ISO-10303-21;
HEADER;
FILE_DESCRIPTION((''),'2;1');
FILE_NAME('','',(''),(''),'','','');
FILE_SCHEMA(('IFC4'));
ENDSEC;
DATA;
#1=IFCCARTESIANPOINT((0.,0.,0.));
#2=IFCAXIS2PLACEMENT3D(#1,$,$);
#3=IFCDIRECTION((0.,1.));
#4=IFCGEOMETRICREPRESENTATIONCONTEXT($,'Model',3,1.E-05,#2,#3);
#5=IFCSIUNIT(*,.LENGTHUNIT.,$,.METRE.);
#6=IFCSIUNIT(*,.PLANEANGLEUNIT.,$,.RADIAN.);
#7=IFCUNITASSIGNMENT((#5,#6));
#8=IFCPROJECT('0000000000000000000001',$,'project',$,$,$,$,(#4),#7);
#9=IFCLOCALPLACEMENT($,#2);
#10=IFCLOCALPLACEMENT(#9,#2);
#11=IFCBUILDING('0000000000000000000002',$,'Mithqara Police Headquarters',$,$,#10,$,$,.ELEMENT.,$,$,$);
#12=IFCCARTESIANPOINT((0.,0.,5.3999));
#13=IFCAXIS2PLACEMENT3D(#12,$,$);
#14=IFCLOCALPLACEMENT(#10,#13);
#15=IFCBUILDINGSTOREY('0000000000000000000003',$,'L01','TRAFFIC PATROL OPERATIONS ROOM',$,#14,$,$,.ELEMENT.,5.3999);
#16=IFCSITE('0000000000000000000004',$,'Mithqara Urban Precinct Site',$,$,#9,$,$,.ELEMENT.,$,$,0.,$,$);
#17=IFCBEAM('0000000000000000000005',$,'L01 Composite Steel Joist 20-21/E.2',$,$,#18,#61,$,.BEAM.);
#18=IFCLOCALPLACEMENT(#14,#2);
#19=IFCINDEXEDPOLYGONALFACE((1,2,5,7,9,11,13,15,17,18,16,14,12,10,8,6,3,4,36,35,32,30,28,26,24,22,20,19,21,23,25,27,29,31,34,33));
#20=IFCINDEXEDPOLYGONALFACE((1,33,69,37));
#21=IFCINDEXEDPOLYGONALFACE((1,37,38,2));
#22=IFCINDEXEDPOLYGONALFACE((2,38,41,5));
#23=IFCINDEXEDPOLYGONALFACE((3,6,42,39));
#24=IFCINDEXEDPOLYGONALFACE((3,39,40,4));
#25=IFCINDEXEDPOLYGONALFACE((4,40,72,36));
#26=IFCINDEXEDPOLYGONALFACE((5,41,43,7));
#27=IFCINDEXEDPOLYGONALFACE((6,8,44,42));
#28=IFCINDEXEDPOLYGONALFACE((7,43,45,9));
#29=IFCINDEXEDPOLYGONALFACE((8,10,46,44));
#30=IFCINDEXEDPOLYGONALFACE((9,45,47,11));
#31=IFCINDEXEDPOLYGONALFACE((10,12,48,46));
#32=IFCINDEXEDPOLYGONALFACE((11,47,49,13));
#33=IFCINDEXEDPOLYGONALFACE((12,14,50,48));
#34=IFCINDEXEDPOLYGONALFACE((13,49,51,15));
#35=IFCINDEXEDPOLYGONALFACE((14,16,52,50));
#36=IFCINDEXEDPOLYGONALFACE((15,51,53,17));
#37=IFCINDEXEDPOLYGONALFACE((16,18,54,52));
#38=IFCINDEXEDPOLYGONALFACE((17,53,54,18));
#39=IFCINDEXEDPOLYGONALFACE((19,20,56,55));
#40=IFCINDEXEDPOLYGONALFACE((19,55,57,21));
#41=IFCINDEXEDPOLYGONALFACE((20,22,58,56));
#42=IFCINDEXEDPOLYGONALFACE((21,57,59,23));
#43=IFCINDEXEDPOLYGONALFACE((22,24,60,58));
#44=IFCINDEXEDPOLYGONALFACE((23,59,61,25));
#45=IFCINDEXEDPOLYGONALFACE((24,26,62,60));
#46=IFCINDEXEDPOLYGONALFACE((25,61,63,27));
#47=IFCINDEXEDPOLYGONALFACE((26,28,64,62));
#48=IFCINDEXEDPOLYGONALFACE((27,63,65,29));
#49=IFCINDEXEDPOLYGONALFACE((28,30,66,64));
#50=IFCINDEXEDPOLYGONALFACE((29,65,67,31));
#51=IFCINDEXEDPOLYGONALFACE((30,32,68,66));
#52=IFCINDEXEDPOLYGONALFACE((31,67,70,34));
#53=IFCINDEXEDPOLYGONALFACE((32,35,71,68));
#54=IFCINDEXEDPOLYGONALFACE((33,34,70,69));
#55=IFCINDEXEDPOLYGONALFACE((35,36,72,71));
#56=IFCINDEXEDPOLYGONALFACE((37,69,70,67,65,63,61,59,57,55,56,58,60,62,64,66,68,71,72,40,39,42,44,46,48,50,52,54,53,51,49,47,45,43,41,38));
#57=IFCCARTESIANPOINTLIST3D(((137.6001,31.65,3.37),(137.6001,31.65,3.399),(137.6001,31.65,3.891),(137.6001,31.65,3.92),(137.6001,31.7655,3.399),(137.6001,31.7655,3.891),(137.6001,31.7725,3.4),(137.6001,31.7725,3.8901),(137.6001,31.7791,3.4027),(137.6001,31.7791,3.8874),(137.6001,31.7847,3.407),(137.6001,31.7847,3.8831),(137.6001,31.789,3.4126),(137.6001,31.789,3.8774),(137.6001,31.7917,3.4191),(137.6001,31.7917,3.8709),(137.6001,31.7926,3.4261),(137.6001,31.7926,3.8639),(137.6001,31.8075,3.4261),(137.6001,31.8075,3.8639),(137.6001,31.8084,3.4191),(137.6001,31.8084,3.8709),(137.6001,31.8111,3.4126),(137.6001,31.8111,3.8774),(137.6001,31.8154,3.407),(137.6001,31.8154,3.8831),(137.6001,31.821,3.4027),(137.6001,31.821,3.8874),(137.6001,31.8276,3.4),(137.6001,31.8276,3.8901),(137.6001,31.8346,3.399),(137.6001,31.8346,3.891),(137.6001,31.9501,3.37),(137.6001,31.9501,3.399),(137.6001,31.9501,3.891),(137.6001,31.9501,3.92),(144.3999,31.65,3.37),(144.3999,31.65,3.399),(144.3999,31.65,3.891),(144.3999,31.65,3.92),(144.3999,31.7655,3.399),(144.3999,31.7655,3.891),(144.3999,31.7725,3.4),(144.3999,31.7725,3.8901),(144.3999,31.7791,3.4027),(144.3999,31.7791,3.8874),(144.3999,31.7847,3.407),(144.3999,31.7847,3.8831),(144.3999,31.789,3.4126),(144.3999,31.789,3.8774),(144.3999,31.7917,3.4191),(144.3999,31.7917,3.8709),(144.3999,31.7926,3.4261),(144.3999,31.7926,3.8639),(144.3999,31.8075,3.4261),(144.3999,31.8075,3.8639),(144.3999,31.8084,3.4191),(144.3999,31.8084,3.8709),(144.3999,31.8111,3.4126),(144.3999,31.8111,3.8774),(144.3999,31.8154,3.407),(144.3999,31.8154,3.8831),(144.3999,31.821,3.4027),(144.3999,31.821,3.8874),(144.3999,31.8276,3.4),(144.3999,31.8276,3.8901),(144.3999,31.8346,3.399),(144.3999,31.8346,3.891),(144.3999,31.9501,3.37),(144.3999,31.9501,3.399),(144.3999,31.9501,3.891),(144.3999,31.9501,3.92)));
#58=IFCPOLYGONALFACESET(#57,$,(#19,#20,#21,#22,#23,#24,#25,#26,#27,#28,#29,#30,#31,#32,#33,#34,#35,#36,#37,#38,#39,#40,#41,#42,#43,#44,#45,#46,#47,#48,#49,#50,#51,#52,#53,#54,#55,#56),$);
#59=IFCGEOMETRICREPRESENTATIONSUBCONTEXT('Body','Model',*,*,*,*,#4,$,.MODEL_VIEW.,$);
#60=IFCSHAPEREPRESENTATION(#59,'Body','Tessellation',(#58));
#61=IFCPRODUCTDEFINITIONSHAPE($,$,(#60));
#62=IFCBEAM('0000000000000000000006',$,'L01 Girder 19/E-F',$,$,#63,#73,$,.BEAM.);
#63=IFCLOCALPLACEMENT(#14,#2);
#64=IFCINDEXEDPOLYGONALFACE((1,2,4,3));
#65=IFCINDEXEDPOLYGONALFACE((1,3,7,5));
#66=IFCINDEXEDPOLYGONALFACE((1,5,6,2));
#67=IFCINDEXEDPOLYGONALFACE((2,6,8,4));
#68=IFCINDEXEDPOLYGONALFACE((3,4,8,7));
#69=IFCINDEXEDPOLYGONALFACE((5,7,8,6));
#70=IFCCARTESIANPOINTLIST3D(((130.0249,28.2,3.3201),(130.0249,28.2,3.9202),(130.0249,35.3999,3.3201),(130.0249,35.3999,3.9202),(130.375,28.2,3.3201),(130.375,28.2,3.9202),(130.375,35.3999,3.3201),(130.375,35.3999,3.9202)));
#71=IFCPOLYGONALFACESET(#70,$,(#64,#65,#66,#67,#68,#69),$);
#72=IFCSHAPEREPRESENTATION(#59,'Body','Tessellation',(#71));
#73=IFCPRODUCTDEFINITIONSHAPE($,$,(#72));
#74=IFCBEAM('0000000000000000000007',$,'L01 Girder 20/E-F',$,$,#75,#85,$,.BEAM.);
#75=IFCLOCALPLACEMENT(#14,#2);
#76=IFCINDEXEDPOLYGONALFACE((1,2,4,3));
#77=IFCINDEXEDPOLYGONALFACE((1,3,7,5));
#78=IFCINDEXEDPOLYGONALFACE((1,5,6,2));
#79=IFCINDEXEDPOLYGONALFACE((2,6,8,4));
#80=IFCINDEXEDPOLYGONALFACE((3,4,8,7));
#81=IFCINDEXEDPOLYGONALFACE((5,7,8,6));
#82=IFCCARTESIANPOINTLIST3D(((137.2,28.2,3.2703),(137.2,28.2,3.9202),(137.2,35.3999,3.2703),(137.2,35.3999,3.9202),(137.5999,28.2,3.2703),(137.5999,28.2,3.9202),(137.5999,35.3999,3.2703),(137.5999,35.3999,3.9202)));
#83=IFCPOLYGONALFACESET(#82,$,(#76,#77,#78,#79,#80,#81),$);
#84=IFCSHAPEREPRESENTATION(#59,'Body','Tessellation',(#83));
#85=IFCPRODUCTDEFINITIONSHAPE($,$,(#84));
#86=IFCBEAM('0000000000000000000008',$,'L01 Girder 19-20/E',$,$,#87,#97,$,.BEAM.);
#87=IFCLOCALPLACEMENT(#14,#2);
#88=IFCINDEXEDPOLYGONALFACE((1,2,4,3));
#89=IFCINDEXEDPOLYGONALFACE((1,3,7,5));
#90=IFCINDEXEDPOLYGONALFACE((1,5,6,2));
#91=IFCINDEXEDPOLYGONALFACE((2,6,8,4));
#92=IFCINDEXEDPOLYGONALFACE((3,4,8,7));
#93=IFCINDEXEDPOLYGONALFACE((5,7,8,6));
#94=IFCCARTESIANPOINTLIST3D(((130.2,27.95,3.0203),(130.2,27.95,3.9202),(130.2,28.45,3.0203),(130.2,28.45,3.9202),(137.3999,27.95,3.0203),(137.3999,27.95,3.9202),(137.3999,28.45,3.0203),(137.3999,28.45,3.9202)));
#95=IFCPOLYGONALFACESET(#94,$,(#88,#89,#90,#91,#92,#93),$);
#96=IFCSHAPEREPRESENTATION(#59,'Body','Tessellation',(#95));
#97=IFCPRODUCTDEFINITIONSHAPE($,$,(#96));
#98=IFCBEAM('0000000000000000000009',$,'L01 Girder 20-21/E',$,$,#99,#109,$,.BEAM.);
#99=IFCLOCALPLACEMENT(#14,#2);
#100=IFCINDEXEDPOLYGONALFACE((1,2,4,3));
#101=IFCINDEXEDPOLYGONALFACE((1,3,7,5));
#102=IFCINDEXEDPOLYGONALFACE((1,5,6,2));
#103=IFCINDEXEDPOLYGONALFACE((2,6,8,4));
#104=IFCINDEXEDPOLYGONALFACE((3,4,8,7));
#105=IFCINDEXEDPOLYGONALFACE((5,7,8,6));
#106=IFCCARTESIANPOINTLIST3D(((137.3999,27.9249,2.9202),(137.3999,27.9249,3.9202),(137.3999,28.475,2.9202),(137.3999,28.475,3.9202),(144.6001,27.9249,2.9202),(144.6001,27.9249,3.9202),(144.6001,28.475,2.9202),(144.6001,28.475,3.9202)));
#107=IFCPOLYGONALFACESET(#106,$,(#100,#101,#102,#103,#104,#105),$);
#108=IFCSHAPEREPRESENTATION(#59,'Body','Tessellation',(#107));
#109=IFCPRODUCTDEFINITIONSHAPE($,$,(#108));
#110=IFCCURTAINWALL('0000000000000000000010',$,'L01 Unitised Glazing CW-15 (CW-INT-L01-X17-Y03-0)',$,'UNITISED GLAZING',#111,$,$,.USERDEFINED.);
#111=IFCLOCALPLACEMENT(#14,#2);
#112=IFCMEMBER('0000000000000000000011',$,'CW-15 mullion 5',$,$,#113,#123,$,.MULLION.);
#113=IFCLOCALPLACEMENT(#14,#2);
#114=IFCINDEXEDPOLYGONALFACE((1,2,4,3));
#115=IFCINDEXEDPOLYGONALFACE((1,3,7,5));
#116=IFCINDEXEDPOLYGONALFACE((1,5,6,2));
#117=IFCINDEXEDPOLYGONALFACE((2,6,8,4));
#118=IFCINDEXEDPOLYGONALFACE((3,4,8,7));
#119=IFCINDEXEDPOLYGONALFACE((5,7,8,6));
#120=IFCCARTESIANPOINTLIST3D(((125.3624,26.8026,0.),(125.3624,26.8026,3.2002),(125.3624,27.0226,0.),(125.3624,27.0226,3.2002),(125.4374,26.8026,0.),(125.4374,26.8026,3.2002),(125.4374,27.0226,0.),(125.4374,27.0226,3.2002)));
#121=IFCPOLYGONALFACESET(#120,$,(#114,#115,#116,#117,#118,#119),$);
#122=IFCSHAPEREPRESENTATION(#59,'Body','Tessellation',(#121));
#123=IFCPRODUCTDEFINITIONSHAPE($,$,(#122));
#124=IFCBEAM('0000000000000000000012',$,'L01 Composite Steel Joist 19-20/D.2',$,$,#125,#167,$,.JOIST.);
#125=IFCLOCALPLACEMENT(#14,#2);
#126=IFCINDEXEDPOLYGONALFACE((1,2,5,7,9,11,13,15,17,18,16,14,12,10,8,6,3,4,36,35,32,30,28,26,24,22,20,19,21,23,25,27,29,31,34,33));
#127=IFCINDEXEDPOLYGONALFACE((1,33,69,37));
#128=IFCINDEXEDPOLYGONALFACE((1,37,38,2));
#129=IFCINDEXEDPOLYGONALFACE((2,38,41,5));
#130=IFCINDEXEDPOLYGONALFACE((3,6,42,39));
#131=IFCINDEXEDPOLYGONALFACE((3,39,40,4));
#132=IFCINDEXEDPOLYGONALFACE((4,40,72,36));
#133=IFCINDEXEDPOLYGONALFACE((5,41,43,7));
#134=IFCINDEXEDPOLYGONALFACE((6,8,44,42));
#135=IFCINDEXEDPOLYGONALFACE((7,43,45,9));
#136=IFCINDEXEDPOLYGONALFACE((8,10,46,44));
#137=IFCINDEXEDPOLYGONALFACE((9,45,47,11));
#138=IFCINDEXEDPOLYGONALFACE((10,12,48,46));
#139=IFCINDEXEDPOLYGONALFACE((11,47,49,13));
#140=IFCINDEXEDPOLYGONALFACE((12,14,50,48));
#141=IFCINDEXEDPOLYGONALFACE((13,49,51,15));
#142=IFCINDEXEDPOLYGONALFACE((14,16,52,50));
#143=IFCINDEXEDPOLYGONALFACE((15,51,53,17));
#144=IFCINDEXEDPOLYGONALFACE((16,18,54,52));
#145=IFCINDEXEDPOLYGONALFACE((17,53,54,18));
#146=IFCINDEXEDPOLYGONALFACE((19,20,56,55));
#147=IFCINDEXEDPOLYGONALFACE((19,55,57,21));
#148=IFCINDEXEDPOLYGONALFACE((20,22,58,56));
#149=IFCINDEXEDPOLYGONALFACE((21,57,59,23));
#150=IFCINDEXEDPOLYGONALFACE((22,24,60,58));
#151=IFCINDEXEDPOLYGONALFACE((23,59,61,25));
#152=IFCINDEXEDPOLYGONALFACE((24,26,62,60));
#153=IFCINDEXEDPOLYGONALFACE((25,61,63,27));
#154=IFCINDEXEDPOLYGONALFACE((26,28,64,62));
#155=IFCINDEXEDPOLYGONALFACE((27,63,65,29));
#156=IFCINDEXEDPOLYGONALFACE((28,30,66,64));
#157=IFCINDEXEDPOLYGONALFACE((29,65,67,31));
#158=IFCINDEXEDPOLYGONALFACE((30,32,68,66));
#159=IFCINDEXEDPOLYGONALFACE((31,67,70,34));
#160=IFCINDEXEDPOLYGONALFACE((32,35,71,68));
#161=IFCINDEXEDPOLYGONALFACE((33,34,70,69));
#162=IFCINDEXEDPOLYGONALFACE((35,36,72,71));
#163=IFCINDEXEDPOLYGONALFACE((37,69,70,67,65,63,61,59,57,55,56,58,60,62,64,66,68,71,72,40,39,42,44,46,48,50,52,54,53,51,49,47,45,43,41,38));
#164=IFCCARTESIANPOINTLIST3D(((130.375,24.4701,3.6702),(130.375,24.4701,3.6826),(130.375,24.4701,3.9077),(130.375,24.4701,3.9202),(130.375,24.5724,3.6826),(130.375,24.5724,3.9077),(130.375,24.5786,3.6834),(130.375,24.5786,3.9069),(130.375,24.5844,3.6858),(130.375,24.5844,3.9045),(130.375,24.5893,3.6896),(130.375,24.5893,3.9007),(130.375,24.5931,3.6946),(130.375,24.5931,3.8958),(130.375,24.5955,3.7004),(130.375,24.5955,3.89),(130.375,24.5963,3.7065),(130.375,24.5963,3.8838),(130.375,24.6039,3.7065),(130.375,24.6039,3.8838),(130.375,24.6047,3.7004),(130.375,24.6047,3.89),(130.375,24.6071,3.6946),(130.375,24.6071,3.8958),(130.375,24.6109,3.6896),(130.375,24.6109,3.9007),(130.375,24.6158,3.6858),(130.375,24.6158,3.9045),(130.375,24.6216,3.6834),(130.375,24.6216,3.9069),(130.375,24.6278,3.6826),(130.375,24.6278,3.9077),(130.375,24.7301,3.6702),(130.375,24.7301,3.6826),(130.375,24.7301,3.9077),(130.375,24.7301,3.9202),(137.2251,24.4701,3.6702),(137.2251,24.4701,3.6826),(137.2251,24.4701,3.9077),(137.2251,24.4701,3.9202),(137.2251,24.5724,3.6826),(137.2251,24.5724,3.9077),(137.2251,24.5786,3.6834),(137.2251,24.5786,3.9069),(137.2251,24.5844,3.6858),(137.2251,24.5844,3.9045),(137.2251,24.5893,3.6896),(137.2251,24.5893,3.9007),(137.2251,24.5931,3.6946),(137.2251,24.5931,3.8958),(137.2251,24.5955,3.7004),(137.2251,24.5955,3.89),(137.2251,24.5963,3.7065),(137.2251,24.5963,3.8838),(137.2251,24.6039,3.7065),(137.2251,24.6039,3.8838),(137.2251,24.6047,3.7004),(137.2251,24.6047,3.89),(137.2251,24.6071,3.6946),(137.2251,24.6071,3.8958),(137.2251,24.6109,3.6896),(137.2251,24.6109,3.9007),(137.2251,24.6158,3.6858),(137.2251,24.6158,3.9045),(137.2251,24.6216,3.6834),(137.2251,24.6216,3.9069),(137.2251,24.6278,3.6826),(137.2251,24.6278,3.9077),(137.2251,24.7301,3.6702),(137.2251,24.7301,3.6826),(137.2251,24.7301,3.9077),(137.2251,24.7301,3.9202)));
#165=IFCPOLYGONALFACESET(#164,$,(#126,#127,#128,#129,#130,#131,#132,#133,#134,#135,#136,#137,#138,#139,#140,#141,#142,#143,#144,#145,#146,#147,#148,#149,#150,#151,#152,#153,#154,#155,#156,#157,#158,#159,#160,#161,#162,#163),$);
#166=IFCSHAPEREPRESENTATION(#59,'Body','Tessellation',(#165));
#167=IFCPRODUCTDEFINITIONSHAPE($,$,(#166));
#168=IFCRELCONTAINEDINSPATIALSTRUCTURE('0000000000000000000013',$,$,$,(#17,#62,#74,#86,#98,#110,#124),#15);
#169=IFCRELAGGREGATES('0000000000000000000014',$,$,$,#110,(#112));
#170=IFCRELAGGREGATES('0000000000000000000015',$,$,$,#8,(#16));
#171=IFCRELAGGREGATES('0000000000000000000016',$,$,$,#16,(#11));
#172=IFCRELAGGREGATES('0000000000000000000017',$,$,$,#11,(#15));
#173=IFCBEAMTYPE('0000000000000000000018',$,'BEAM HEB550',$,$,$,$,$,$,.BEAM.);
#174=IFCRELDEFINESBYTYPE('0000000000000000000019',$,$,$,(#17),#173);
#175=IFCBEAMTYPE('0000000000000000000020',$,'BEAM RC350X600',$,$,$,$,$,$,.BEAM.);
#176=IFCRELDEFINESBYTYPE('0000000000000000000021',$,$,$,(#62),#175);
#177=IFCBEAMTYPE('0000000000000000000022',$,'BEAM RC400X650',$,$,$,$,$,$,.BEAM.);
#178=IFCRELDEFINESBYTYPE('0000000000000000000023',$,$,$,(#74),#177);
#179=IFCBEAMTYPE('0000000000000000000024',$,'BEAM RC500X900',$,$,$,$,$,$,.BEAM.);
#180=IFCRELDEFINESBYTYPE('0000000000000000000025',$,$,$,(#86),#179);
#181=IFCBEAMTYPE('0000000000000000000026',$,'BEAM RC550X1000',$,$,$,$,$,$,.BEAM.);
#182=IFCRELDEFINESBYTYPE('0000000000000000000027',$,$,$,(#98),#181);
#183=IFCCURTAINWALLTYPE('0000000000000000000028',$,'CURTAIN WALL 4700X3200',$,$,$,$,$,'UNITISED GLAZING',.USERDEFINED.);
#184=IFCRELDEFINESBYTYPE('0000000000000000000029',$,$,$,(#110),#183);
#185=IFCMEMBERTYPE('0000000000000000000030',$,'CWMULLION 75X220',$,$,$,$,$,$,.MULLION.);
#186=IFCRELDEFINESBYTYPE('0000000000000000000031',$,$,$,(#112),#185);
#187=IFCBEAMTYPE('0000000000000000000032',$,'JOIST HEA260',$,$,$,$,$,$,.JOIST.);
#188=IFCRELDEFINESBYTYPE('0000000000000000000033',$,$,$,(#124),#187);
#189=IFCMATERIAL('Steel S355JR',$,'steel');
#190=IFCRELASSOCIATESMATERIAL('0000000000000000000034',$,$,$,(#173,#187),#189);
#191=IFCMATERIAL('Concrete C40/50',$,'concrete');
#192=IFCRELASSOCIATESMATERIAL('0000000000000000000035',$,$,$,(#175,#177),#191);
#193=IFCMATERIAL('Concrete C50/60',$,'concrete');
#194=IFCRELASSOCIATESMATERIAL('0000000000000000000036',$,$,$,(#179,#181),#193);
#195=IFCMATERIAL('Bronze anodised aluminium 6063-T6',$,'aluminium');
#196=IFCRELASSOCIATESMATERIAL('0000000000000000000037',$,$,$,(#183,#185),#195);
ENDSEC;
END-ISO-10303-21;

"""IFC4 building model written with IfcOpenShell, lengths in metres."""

from ifc_helpers import new_model, si_unit, direction, frame, origin, origin_2d, place, context, subcontext, project, spatial, rectangle, i_section, extrude, material, material_profile, profile_set, type_object, element, aggregate, save


model = new_model("IFC4")

# Units and contexts
model_context = context("Model", 3, precision=1e-05, world=origin(), true_north=direction((0.0, 1.0)))
body_context = subcontext(model_context, "Body", "Model", "MODEL_VIEW")
ifc_project = project(units=[si_unit("LENGTHUNIT", "METRE"), si_unit("PLANEANGLEUNIT", "RADIAN")], contexts=[model_context])

# Site, building, storey
site_placement = place(None, origin())
site = spatial("IfcSite", under=ifc_project, at=site_placement, Name="Mithqara Urban Precinct Site", CompositionType="ELEMENT", RefElevation=0.0)
building_placement = place(site_placement, origin())
building = spatial("IfcBuilding", under=site, at=building_placement, Name="Mithqara Police Headquarters", CompositionType="ELEMENT")
storey_placement = place(building_placement, frame((0.0, 0.0, 5.3999)))
storey = spatial("IfcBuildingStorey", under=building, at=storey_placement, Name="L01", Description="TRAFFIC PATROL OPERATIONS ROOM", CompositionType="ELEMENT", Elevation=5.3999)

# Shared definitions
ifc_material_1 = material(Name="Concrete C50/60", Category="concrete")

# Beams
ifc_material_2 = material(Name="Steel S355JR", Category="steel")
ifc_material_profile_1 = material_profile(ifc_material_2, i_section(OverallWidth=0.3, OverallDepth=0.55, WebThickness=0.0149, FlangeThickness=0.0291, FilletRadius=0.0271, at=origin_2d()), Name="HEB 550")
ifc_profile_set_1 = profile_set([ifc_material_profile_1], Name="Steel S355JR")
beam_type_1 = type_object("IfcBeamType", Name="BEAM HEB550", PredefinedType="BEAM", material=ifc_profile_set_1)
for number, where, z_axis, x_axis, name in (
    (1, (137.6001, 31.8, 3.645), (1.0, 0.0, 0.0), (0.0, 1.0, 0.0), "L01 Composite Steel Joist 20-21/E.2"),
):
    element("IfcBeam", number, at=place(storey_placement, frame(where, z_axis=z_axis, x_axis=x_axis)), inside=storey, type_object=beam_type_1, Name=name, PredefinedType="BEAM", context=body_context, shape_type="SweptSolid", body=[
        extrude(i_section(OverallWidth=0.3, OverallDepth=0.55, WebThickness=0.0149, FlangeThickness=0.0291, FilletRadius=0.0271, at=origin_2d()), origin(), (0.0, 0.0, 1.0), 6.7998),
    ])
ifc_material_3 = material(Name="Concrete C40/50", Category="concrete")
ifc_material_profile_2 = material_profile(ifc_material_3, rectangle(XDim=0.3501, YDim=0.6001, at=origin_2d()), Name="RC 350x600")
ifc_profile_set_2 = profile_set([ifc_material_profile_2], Name="Concrete C40/50")
beam_type_2 = type_object("IfcBeamType", Name="BEAM RC350X600", PredefinedType="BEAM", material=ifc_profile_set_2)
beam_1_placement = place(storey_placement, frame((130.2, 28.2, 3.6201), z_axis=(0.0, 1.0, 0.0), x_axis=(-1.0, 0.0, 0.0)))
element("IfcBeam", 2, at=beam_1_placement, inside=storey, type_object=beam_type_2, Name="L01 Girder 19/E-F", PredefinedType="BEAM", context=body_context, shape_type="SweptSolid", body=[
    extrude(rectangle(XDim=0.3501, YDim=0.6001, at=origin_2d()), origin(), (0.0, 0.0, 1.0), 7.2),
])
ifc_material_profile_3 = material_profile(ifc_material_3, rectangle(XDim=0.3999, YDim=0.6499, at=origin_2d()), Name="RC 400x650")
ifc_profile_set_3 = profile_set([ifc_material_profile_3], Name="Concrete C40/50")
beam_type_3 = type_object("IfcBeamType", Name="BEAM RC400X650", PredefinedType="BEAM", material=ifc_profile_set_3)
beam_2_placement = place(storey_placement, frame((137.3999, 28.2, 3.5952), z_axis=(0.0, 1.0, 0.0), x_axis=(-1.0, 0.0, 0.0)))
element("IfcBeam", 3, at=beam_2_placement, inside=storey, type_object=beam_type_3, Name="L01 Girder 20/E-F", PredefinedType="BEAM", context=body_context, shape_type="SweptSolid", body=[
    extrude(rectangle(XDim=0.3999, YDim=0.6499, at=origin_2d()), origin(), (0.0, 0.0, 1.0), 7.2),
])
ifc_material_profile_4 = material_profile(ifc_material_1, rectangle(XDim=0.5, YDim=0.8999, at=origin_2d()), Name="RC 500x900")
ifc_profile_set_4 = profile_set([ifc_material_profile_4], Name="Concrete C50/60")
beam_type_4 = type_object("IfcBeamType", Name="BEAM RC500X900", PredefinedType="BEAM", material=ifc_profile_set_4)
beam_3_placement = place(storey_placement, frame((130.2, 28.2, 3.4702), z_axis=(1.0, 0.0, 0.0), x_axis=(0.0, 1.0, 0.0)))
element("IfcBeam", 4, at=beam_3_placement, inside=storey, type_object=beam_type_4, Name="L01 Girder 19-20/E", PredefinedType="BEAM", context=body_context, shape_type="SweptSolid", body=[
    extrude(rectangle(XDim=0.5, YDim=0.8999, at=origin_2d()), origin(), (0.0, 0.0, 1.0), 7.2),
])
ifc_material_profile_5 = material_profile(ifc_material_1, rectangle(XDim=0.55, YDim=1.0, at=origin_2d()), Name="RC 550x1000")
ifc_profile_set_5 = profile_set([ifc_material_profile_5], Name="Concrete C50/60")
beam_type_5 = type_object("IfcBeamType", Name="BEAM RC550X1000", PredefinedType="BEAM", material=ifc_profile_set_5)
beam_4_placement = place(storey_placement, frame((137.3999, 28.2, 3.4202), z_axis=(1.0, 0.0, 0.0), x_axis=(0.0, 1.0, 0.0)))
element("IfcBeam", 5, at=beam_4_placement, inside=storey, type_object=beam_type_5, Name="L01 Girder 20-21/E", PredefinedType="BEAM", context=body_context, shape_type="SweptSolid", body=[
    extrude(rectangle(XDim=0.55, YDim=1.0, at=origin_2d()), origin(), (0.0, 0.0, 1.0), 7.2002),
])

# Curtain wall, member
ifc_material_4 = material(Name="Bronze anodised aluminium 6063-T6", Category="aluminium")
curtain_wall_type = type_object("IfcCurtainWallType", Name="CURTAIN WALL 4700X3200", ElementType="UNITISED GLAZING", PredefinedType="USERDEFINED", material=ifc_material_4)
curtain_wall_placement = place(storey_placement, origin())
curtain_wall = element("IfcCurtainWall", 6, at=curtain_wall_placement, inside=storey, type_object=curtain_wall_type, Name="L01 Unitised Glazing CW-15 (CW-INT-L01-X17-Y03-0)", ObjectType="UNITISED GLAZING", PredefinedType="USERDEFINED")
ifc_material_profile_6 = material_profile(ifc_material_4, rectangle(XDim=0.075, YDim=0.22, at=origin_2d()), Name="CWM 75x220")
ifc_profile_set_6 = profile_set([ifc_material_profile_6], Name="Bronze anodised aluminium 6063-T6")
member_type = type_object("IfcMemberType", Name="CWMULLION 75X220", PredefinedType="MULLION", material=ifc_profile_set_6)
member_placement = place(storey_placement, frame((125.3999, 26.9126, 0.0), z_axis=(0.0, 0.0, 1.0), x_axis=(-1.0, 0.0, 0.0)))
member = element("IfcMember", 7, at=member_placement, type_object=member_type, Name="CW-15 mullion 5", PredefinedType="MULLION", context=body_context, shape_type="SweptSolid", body=[
    extrude(rectangle(XDim=0.075, YDim=0.22, at=origin_2d()), origin(), (0.0, 0.0, 1.0), 3.2002),
])

# Beam
ifc_material_profile_7 = material_profile(ifc_material_2, i_section(OverallWidth=0.26, OverallDepth=0.25, WebThickness=0.0076, FlangeThickness=0.0125, FilletRadius=0.0239, at=origin_2d()), Name="HEA 260")
ifc_profile_set_7 = profile_set([ifc_material_profile_7], Name="Steel S355JR")
beam_type_6 = type_object("IfcBeamType", Name="JOIST HEA260", PredefinedType="JOIST", material=ifc_profile_set_7)
beam_5_placement = place(storey_placement, frame((130.375, 24.6001, 3.7952), z_axis=(1.0, 0.0, 0.0), x_axis=(0.0, 1.0, 0.0)))
element("IfcBeam", 8, at=beam_5_placement, inside=storey, type_object=beam_type_6, Name="L01 Composite Steel Joist 19-20/D.2", PredefinedType="JOIST", context=body_context, shape_type="SweptSolid", body=[
    extrude(i_section(OverallWidth=0.26, OverallDepth=0.25, WebThickness=0.0076, FlangeThickness=0.0125, FilletRadius=0.0239, at=origin_2d()), origin(), (0.0, 0.0, 1.0), 6.8501),
])

aggregate(curtain_wall, [member])

save(model, "model.ifc")
